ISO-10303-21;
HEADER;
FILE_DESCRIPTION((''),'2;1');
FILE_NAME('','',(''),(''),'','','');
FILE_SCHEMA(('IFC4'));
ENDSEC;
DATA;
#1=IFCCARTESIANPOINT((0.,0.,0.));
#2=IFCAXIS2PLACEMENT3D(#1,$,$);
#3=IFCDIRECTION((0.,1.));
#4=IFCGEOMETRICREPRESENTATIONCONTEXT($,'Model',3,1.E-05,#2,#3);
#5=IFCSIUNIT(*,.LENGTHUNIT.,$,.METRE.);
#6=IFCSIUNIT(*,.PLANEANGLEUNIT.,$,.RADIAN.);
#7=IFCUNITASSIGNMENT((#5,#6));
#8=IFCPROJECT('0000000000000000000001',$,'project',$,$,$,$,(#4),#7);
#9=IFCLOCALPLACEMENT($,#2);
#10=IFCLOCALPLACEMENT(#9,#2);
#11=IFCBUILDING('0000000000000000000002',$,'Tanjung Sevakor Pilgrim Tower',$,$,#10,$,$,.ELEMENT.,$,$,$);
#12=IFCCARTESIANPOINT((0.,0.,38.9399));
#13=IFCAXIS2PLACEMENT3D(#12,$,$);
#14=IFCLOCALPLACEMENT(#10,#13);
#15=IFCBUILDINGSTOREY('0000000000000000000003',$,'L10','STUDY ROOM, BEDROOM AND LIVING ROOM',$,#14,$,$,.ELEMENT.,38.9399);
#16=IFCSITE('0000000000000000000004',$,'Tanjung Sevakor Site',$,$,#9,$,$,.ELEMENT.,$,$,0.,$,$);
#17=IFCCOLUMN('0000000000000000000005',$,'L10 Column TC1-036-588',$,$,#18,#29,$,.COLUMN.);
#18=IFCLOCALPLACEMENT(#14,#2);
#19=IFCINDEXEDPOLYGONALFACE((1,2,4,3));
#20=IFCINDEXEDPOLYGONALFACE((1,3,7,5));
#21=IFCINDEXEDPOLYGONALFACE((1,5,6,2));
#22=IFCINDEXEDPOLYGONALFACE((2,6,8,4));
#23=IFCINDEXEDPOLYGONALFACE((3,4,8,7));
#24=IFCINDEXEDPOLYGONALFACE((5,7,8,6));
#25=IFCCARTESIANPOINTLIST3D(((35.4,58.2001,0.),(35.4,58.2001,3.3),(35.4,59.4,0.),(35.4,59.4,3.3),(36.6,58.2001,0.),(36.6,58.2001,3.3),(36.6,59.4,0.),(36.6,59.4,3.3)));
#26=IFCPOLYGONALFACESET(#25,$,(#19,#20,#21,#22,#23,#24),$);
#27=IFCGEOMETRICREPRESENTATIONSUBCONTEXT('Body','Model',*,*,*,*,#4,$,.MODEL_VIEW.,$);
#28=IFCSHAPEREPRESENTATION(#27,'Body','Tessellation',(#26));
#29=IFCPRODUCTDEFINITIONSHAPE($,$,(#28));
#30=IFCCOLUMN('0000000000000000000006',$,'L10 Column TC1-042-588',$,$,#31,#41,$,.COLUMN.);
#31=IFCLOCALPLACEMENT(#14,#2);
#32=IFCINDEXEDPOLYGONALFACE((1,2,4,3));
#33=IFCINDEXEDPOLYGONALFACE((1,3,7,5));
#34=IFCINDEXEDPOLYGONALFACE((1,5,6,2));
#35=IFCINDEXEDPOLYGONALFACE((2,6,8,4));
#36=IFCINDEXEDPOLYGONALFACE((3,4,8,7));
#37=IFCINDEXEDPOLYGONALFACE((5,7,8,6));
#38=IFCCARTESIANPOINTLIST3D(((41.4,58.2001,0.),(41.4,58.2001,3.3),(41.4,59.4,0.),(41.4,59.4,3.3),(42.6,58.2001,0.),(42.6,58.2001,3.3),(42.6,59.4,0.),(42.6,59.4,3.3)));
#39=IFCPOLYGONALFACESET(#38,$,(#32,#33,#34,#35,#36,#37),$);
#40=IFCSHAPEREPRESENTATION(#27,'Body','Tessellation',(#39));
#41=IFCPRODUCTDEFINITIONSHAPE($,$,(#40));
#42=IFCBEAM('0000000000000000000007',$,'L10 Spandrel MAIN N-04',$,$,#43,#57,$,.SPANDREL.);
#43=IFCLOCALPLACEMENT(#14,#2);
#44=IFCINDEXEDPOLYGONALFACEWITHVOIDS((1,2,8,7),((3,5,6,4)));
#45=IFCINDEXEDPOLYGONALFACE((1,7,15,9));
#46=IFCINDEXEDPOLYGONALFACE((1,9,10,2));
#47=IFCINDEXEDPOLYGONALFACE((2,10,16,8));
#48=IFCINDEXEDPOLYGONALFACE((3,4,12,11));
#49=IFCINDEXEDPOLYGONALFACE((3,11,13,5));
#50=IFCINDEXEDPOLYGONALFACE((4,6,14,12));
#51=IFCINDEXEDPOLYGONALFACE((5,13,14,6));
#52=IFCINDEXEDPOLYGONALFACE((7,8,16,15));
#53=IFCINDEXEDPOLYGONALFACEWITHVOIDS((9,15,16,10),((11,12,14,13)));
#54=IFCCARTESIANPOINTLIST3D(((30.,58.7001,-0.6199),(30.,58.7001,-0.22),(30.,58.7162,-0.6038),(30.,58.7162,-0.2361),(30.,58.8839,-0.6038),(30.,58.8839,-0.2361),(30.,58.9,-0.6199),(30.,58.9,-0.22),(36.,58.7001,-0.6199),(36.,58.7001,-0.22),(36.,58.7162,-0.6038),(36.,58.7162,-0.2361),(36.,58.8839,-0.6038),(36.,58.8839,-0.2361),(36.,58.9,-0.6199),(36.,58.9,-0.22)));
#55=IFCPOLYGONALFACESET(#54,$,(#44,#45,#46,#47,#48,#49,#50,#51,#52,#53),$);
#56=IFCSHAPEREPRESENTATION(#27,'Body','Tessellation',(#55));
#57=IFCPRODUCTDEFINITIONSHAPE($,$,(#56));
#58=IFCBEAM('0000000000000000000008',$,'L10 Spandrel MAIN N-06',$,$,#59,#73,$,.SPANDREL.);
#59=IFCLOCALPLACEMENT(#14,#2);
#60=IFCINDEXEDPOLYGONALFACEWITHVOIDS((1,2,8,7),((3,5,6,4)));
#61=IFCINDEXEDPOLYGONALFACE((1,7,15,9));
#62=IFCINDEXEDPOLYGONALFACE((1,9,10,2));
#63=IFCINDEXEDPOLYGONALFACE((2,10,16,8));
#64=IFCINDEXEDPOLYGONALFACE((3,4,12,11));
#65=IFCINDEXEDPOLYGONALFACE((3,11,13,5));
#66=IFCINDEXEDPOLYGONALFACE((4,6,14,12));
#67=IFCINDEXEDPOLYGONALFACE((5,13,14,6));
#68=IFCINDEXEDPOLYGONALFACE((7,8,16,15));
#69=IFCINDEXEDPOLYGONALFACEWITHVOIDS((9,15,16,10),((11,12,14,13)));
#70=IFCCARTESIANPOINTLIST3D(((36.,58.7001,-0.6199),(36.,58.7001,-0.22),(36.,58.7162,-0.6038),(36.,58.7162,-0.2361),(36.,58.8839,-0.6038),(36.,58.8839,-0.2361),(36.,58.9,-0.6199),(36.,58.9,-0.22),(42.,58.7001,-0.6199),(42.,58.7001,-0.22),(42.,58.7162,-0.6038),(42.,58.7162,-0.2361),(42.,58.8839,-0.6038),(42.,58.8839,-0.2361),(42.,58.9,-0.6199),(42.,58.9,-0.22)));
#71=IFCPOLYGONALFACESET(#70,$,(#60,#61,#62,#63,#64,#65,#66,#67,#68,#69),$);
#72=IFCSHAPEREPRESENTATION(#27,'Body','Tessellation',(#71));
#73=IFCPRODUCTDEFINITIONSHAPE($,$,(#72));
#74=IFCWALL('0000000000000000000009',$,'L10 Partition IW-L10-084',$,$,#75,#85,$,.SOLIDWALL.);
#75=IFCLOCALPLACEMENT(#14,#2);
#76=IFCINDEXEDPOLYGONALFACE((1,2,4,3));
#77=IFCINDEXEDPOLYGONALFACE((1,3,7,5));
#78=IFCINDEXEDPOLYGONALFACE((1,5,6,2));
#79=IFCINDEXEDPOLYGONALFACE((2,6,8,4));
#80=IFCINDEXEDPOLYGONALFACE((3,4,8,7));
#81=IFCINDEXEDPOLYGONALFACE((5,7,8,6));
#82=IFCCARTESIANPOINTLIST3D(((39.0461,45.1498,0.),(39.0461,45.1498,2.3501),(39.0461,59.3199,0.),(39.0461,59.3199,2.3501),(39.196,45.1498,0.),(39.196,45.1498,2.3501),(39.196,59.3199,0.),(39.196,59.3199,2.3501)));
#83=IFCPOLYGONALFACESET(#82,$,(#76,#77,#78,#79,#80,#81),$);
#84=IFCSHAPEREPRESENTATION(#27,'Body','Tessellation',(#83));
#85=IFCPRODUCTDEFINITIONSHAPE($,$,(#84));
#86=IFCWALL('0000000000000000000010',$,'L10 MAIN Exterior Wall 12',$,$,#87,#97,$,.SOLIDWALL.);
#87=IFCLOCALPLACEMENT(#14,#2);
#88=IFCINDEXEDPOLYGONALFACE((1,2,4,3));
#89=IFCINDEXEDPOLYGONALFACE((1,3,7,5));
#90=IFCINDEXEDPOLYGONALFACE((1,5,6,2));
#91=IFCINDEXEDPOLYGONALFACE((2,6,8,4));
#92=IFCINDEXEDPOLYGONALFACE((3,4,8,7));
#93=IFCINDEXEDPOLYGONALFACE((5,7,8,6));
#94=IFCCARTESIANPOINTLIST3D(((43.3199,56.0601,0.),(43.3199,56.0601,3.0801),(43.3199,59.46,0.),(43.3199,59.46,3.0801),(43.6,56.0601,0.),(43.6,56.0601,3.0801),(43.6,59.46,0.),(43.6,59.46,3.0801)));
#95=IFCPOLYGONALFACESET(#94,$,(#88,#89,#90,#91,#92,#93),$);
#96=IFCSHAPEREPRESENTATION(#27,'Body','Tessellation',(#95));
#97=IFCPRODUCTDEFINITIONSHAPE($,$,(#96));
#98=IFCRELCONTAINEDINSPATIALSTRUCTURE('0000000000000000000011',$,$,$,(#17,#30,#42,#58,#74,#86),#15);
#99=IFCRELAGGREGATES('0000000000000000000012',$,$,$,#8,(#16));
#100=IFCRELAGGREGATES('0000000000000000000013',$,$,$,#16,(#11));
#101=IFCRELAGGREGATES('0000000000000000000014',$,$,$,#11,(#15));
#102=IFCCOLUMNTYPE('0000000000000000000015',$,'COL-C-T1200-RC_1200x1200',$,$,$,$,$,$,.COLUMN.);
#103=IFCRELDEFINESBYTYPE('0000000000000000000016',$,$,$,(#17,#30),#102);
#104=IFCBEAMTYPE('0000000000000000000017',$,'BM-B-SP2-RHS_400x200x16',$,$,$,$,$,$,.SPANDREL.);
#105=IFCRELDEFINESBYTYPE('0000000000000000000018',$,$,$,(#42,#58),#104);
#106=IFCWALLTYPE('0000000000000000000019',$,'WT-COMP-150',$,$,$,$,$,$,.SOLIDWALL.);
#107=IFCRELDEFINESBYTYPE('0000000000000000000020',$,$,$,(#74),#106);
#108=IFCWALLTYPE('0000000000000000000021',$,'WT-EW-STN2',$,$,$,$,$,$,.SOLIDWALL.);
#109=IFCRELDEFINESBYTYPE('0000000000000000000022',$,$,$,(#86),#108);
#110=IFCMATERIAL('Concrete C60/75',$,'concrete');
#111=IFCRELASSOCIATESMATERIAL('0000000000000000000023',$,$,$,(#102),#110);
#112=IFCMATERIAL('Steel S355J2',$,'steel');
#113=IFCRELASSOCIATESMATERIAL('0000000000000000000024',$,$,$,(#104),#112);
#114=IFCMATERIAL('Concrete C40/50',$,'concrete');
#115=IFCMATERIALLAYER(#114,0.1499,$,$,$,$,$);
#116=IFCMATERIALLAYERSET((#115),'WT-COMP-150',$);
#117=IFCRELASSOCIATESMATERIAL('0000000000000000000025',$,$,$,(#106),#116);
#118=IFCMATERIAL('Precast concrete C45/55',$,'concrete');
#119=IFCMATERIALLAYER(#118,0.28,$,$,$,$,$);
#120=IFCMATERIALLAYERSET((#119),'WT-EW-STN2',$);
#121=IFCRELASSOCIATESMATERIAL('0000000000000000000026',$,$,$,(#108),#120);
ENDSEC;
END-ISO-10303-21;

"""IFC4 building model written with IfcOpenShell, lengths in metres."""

from ifc_helpers import new_model, si_unit, direction, frame, frame_2d, origin, origin_2d, place, context, subcontext, project, spatial, rectangle, hollow_rectangle, extrude, material, layer, layer_set, material_profile, profile_set, type_object, element, save


model = new_model("IFC4")

# Units and contexts
model_context = context("Model", 3, precision=1e-05, world=origin(), true_north=direction((0.0, 1.0)))
body_context = subcontext(model_context, "Body", "Model", "MODEL_VIEW")
ifc_project = project(units=[si_unit("LENGTHUNIT", "METRE"), si_unit("PLANEANGLEUNIT", "RADIAN")], contexts=[model_context])

# Site, building, storey
site_placement = place(None, origin())
site = spatial("IfcSite", under=ifc_project, at=site_placement, Name="Tanjung Sevakor Site", CompositionType="ELEMENT", RefElevation=0.0)
building_placement = place(site_placement, origin())
building = spatial("IfcBuilding", under=site, at=building_placement, Name="Tanjung Sevakor Pilgrim Tower", CompositionType="ELEMENT")
storey_placement = place(building_placement, frame((0.0, 0.0, 38.9399)))
storey = spatial("IfcBuildingStorey", under=building, at=storey_placement, Name="L10", Description="STUDY ROOM, BEDROOM AND LIVING ROOM", CompositionType="ELEMENT", Elevation=38.9399)

# Columns
ifc_material_1 = material(Name="Concrete C60/75", Category="concrete")
ifc_material_profile_1 = material_profile(ifc_material_1, rectangle(XDim=1.2, YDim=1.2, at=origin_2d()))
ifc_profile_set_1 = profile_set([ifc_material_profile_1], Name="Concrete C60/75")
column_type = type_object("IfcColumnType", Name="COL-C-T1200-RC_1200x1200", PredefinedType="COLUMN", material=ifc_profile_set_1)
for number, where, z_axis, x_axis, name in (
    (1, (36.0, 58.8, 0.0), (0.0, 0.0, 1.0), (1.0, 0.0, 0.0), "L10 Column TC1-036-588"),
    (2, (42.0, 58.8, 0.0), (0.0, 0.0, 1.0), (1.0, 0.0, 0.0), "L10 Column TC1-042-588"),
):
    element("IfcColumn", number, at=place(storey_placement, frame(where, z_axis=z_axis, x_axis=x_axis)), inside=storey, type_object=column_type, Name=name, PredefinedType="COLUMN", context=body_context, shape_type="SweptSolid", body=[
        extrude(rectangle(XDim=1.2, YDim=1.2, at=origin_2d()), origin(), (0.0, 0.0, 1.0), 3.3),
    ])

# Beams
ifc_material_2 = material(Name="Steel S355J2", Category="steel")
ifc_material_profile_2 = material_profile(ifc_material_2, hollow_rectangle(XDim=0.2, YDim=0.3999, WallThickness=0.0161, at=origin_2d()))
ifc_profile_set_2 = profile_set([ifc_material_profile_2], Name="Steel S355J2")
beam_type = type_object("IfcBeamType", Name="BM-B-SP2-RHS_400x200x16", PredefinedType="SPANDREL", material=ifc_profile_set_2)
for number, where, z_axis, x_axis, name in (
    (3, (30.0, 58.8, -0.4199), (1.0, 0.0, 0.0), (0.0, 1.0, 0.0), "L10 Spandrel MAIN N-04"),
    (4, (36.0, 58.8, -0.4199), (1.0, 0.0, 0.0), (0.0, 1.0, 0.0), "L10 Spandrel MAIN N-06"),
):
    element("IfcBeam", number, at=place(storey_placement, frame(where, z_axis=z_axis, x_axis=x_axis)), inside=storey, type_object=beam_type, Name=name, PredefinedType="SPANDREL", context=body_context, shape_type="SweptSolid", body=[
        extrude(hollow_rectangle(XDim=0.2, YDim=0.3999, WallThickness=0.0161, at=origin_2d()), origin(), (0.0, 0.0, 1.0), 6.0),
    ])

# Wall
ifc_material_3 = material(Name="Concrete C40/50", Category="concrete")
ifc_layer_1 = layer(ifc_material_3, 0.1499)
ifc_layer_set_1 = layer_set([ifc_layer_1], Name="WT-COMP-150")
wall_type_1 = type_object("IfcWallType", Name="WT-COMP-150", PredefinedType="SOLIDWALL", material=ifc_layer_set_1)
wall_1_placement = place(storey_placement, frame((39.1211, 45.1499, 0.0), z_axis=(0.0, 0.0, 1.0), x_axis=(0.0, 1.0, 0.0)))
element("IfcWall", 5, at=wall_1_placement, inside=storey, type_object=wall_type_1, Name="L10 Partition IW-L10-084", PredefinedType="SOLIDWALL", context=body_context, shape_type="SweptSolid", body=[
    extrude(rectangle(XDim=14.1702, YDim=0.1499, at=frame_2d((7.085, 0.0))), origin(), (0.0, 0.0, 1.0), 2.3501),
])

# Wall
ifc_material_4 = material(Name="Precast concrete C45/55", Category="concrete")
ifc_layer_2 = layer(ifc_material_4, 0.28)
ifc_layer_set_2 = layer_set([ifc_layer_2], Name="WT-EW-STN2")
wall_type_2 = type_object("IfcWallType", Name="WT-EW-STN2", PredefinedType="SOLIDWALL", material=ifc_layer_set_2)
wall_2_placement = place(storey_placement, frame((43.46, 56.0601, 0.0), z_axis=(0.0, 0.0, 1.0), x_axis=(0.0, 1.0, 0.0)))
element("IfcWall", 6, at=wall_2_placement, inside=storey, type_object=wall_type_2, Name="L10 MAIN Exterior Wall 12", PredefinedType="SOLIDWALL", context=body_context, shape_type="SweptSolid", body=[
    extrude(rectangle(XDim=3.3999, YDim=0.28, at=frame_2d((1.7, 0.0))), origin(), (0.0, 0.0, 1.0), 3.0801),
])

save(model, "model.ifc")
